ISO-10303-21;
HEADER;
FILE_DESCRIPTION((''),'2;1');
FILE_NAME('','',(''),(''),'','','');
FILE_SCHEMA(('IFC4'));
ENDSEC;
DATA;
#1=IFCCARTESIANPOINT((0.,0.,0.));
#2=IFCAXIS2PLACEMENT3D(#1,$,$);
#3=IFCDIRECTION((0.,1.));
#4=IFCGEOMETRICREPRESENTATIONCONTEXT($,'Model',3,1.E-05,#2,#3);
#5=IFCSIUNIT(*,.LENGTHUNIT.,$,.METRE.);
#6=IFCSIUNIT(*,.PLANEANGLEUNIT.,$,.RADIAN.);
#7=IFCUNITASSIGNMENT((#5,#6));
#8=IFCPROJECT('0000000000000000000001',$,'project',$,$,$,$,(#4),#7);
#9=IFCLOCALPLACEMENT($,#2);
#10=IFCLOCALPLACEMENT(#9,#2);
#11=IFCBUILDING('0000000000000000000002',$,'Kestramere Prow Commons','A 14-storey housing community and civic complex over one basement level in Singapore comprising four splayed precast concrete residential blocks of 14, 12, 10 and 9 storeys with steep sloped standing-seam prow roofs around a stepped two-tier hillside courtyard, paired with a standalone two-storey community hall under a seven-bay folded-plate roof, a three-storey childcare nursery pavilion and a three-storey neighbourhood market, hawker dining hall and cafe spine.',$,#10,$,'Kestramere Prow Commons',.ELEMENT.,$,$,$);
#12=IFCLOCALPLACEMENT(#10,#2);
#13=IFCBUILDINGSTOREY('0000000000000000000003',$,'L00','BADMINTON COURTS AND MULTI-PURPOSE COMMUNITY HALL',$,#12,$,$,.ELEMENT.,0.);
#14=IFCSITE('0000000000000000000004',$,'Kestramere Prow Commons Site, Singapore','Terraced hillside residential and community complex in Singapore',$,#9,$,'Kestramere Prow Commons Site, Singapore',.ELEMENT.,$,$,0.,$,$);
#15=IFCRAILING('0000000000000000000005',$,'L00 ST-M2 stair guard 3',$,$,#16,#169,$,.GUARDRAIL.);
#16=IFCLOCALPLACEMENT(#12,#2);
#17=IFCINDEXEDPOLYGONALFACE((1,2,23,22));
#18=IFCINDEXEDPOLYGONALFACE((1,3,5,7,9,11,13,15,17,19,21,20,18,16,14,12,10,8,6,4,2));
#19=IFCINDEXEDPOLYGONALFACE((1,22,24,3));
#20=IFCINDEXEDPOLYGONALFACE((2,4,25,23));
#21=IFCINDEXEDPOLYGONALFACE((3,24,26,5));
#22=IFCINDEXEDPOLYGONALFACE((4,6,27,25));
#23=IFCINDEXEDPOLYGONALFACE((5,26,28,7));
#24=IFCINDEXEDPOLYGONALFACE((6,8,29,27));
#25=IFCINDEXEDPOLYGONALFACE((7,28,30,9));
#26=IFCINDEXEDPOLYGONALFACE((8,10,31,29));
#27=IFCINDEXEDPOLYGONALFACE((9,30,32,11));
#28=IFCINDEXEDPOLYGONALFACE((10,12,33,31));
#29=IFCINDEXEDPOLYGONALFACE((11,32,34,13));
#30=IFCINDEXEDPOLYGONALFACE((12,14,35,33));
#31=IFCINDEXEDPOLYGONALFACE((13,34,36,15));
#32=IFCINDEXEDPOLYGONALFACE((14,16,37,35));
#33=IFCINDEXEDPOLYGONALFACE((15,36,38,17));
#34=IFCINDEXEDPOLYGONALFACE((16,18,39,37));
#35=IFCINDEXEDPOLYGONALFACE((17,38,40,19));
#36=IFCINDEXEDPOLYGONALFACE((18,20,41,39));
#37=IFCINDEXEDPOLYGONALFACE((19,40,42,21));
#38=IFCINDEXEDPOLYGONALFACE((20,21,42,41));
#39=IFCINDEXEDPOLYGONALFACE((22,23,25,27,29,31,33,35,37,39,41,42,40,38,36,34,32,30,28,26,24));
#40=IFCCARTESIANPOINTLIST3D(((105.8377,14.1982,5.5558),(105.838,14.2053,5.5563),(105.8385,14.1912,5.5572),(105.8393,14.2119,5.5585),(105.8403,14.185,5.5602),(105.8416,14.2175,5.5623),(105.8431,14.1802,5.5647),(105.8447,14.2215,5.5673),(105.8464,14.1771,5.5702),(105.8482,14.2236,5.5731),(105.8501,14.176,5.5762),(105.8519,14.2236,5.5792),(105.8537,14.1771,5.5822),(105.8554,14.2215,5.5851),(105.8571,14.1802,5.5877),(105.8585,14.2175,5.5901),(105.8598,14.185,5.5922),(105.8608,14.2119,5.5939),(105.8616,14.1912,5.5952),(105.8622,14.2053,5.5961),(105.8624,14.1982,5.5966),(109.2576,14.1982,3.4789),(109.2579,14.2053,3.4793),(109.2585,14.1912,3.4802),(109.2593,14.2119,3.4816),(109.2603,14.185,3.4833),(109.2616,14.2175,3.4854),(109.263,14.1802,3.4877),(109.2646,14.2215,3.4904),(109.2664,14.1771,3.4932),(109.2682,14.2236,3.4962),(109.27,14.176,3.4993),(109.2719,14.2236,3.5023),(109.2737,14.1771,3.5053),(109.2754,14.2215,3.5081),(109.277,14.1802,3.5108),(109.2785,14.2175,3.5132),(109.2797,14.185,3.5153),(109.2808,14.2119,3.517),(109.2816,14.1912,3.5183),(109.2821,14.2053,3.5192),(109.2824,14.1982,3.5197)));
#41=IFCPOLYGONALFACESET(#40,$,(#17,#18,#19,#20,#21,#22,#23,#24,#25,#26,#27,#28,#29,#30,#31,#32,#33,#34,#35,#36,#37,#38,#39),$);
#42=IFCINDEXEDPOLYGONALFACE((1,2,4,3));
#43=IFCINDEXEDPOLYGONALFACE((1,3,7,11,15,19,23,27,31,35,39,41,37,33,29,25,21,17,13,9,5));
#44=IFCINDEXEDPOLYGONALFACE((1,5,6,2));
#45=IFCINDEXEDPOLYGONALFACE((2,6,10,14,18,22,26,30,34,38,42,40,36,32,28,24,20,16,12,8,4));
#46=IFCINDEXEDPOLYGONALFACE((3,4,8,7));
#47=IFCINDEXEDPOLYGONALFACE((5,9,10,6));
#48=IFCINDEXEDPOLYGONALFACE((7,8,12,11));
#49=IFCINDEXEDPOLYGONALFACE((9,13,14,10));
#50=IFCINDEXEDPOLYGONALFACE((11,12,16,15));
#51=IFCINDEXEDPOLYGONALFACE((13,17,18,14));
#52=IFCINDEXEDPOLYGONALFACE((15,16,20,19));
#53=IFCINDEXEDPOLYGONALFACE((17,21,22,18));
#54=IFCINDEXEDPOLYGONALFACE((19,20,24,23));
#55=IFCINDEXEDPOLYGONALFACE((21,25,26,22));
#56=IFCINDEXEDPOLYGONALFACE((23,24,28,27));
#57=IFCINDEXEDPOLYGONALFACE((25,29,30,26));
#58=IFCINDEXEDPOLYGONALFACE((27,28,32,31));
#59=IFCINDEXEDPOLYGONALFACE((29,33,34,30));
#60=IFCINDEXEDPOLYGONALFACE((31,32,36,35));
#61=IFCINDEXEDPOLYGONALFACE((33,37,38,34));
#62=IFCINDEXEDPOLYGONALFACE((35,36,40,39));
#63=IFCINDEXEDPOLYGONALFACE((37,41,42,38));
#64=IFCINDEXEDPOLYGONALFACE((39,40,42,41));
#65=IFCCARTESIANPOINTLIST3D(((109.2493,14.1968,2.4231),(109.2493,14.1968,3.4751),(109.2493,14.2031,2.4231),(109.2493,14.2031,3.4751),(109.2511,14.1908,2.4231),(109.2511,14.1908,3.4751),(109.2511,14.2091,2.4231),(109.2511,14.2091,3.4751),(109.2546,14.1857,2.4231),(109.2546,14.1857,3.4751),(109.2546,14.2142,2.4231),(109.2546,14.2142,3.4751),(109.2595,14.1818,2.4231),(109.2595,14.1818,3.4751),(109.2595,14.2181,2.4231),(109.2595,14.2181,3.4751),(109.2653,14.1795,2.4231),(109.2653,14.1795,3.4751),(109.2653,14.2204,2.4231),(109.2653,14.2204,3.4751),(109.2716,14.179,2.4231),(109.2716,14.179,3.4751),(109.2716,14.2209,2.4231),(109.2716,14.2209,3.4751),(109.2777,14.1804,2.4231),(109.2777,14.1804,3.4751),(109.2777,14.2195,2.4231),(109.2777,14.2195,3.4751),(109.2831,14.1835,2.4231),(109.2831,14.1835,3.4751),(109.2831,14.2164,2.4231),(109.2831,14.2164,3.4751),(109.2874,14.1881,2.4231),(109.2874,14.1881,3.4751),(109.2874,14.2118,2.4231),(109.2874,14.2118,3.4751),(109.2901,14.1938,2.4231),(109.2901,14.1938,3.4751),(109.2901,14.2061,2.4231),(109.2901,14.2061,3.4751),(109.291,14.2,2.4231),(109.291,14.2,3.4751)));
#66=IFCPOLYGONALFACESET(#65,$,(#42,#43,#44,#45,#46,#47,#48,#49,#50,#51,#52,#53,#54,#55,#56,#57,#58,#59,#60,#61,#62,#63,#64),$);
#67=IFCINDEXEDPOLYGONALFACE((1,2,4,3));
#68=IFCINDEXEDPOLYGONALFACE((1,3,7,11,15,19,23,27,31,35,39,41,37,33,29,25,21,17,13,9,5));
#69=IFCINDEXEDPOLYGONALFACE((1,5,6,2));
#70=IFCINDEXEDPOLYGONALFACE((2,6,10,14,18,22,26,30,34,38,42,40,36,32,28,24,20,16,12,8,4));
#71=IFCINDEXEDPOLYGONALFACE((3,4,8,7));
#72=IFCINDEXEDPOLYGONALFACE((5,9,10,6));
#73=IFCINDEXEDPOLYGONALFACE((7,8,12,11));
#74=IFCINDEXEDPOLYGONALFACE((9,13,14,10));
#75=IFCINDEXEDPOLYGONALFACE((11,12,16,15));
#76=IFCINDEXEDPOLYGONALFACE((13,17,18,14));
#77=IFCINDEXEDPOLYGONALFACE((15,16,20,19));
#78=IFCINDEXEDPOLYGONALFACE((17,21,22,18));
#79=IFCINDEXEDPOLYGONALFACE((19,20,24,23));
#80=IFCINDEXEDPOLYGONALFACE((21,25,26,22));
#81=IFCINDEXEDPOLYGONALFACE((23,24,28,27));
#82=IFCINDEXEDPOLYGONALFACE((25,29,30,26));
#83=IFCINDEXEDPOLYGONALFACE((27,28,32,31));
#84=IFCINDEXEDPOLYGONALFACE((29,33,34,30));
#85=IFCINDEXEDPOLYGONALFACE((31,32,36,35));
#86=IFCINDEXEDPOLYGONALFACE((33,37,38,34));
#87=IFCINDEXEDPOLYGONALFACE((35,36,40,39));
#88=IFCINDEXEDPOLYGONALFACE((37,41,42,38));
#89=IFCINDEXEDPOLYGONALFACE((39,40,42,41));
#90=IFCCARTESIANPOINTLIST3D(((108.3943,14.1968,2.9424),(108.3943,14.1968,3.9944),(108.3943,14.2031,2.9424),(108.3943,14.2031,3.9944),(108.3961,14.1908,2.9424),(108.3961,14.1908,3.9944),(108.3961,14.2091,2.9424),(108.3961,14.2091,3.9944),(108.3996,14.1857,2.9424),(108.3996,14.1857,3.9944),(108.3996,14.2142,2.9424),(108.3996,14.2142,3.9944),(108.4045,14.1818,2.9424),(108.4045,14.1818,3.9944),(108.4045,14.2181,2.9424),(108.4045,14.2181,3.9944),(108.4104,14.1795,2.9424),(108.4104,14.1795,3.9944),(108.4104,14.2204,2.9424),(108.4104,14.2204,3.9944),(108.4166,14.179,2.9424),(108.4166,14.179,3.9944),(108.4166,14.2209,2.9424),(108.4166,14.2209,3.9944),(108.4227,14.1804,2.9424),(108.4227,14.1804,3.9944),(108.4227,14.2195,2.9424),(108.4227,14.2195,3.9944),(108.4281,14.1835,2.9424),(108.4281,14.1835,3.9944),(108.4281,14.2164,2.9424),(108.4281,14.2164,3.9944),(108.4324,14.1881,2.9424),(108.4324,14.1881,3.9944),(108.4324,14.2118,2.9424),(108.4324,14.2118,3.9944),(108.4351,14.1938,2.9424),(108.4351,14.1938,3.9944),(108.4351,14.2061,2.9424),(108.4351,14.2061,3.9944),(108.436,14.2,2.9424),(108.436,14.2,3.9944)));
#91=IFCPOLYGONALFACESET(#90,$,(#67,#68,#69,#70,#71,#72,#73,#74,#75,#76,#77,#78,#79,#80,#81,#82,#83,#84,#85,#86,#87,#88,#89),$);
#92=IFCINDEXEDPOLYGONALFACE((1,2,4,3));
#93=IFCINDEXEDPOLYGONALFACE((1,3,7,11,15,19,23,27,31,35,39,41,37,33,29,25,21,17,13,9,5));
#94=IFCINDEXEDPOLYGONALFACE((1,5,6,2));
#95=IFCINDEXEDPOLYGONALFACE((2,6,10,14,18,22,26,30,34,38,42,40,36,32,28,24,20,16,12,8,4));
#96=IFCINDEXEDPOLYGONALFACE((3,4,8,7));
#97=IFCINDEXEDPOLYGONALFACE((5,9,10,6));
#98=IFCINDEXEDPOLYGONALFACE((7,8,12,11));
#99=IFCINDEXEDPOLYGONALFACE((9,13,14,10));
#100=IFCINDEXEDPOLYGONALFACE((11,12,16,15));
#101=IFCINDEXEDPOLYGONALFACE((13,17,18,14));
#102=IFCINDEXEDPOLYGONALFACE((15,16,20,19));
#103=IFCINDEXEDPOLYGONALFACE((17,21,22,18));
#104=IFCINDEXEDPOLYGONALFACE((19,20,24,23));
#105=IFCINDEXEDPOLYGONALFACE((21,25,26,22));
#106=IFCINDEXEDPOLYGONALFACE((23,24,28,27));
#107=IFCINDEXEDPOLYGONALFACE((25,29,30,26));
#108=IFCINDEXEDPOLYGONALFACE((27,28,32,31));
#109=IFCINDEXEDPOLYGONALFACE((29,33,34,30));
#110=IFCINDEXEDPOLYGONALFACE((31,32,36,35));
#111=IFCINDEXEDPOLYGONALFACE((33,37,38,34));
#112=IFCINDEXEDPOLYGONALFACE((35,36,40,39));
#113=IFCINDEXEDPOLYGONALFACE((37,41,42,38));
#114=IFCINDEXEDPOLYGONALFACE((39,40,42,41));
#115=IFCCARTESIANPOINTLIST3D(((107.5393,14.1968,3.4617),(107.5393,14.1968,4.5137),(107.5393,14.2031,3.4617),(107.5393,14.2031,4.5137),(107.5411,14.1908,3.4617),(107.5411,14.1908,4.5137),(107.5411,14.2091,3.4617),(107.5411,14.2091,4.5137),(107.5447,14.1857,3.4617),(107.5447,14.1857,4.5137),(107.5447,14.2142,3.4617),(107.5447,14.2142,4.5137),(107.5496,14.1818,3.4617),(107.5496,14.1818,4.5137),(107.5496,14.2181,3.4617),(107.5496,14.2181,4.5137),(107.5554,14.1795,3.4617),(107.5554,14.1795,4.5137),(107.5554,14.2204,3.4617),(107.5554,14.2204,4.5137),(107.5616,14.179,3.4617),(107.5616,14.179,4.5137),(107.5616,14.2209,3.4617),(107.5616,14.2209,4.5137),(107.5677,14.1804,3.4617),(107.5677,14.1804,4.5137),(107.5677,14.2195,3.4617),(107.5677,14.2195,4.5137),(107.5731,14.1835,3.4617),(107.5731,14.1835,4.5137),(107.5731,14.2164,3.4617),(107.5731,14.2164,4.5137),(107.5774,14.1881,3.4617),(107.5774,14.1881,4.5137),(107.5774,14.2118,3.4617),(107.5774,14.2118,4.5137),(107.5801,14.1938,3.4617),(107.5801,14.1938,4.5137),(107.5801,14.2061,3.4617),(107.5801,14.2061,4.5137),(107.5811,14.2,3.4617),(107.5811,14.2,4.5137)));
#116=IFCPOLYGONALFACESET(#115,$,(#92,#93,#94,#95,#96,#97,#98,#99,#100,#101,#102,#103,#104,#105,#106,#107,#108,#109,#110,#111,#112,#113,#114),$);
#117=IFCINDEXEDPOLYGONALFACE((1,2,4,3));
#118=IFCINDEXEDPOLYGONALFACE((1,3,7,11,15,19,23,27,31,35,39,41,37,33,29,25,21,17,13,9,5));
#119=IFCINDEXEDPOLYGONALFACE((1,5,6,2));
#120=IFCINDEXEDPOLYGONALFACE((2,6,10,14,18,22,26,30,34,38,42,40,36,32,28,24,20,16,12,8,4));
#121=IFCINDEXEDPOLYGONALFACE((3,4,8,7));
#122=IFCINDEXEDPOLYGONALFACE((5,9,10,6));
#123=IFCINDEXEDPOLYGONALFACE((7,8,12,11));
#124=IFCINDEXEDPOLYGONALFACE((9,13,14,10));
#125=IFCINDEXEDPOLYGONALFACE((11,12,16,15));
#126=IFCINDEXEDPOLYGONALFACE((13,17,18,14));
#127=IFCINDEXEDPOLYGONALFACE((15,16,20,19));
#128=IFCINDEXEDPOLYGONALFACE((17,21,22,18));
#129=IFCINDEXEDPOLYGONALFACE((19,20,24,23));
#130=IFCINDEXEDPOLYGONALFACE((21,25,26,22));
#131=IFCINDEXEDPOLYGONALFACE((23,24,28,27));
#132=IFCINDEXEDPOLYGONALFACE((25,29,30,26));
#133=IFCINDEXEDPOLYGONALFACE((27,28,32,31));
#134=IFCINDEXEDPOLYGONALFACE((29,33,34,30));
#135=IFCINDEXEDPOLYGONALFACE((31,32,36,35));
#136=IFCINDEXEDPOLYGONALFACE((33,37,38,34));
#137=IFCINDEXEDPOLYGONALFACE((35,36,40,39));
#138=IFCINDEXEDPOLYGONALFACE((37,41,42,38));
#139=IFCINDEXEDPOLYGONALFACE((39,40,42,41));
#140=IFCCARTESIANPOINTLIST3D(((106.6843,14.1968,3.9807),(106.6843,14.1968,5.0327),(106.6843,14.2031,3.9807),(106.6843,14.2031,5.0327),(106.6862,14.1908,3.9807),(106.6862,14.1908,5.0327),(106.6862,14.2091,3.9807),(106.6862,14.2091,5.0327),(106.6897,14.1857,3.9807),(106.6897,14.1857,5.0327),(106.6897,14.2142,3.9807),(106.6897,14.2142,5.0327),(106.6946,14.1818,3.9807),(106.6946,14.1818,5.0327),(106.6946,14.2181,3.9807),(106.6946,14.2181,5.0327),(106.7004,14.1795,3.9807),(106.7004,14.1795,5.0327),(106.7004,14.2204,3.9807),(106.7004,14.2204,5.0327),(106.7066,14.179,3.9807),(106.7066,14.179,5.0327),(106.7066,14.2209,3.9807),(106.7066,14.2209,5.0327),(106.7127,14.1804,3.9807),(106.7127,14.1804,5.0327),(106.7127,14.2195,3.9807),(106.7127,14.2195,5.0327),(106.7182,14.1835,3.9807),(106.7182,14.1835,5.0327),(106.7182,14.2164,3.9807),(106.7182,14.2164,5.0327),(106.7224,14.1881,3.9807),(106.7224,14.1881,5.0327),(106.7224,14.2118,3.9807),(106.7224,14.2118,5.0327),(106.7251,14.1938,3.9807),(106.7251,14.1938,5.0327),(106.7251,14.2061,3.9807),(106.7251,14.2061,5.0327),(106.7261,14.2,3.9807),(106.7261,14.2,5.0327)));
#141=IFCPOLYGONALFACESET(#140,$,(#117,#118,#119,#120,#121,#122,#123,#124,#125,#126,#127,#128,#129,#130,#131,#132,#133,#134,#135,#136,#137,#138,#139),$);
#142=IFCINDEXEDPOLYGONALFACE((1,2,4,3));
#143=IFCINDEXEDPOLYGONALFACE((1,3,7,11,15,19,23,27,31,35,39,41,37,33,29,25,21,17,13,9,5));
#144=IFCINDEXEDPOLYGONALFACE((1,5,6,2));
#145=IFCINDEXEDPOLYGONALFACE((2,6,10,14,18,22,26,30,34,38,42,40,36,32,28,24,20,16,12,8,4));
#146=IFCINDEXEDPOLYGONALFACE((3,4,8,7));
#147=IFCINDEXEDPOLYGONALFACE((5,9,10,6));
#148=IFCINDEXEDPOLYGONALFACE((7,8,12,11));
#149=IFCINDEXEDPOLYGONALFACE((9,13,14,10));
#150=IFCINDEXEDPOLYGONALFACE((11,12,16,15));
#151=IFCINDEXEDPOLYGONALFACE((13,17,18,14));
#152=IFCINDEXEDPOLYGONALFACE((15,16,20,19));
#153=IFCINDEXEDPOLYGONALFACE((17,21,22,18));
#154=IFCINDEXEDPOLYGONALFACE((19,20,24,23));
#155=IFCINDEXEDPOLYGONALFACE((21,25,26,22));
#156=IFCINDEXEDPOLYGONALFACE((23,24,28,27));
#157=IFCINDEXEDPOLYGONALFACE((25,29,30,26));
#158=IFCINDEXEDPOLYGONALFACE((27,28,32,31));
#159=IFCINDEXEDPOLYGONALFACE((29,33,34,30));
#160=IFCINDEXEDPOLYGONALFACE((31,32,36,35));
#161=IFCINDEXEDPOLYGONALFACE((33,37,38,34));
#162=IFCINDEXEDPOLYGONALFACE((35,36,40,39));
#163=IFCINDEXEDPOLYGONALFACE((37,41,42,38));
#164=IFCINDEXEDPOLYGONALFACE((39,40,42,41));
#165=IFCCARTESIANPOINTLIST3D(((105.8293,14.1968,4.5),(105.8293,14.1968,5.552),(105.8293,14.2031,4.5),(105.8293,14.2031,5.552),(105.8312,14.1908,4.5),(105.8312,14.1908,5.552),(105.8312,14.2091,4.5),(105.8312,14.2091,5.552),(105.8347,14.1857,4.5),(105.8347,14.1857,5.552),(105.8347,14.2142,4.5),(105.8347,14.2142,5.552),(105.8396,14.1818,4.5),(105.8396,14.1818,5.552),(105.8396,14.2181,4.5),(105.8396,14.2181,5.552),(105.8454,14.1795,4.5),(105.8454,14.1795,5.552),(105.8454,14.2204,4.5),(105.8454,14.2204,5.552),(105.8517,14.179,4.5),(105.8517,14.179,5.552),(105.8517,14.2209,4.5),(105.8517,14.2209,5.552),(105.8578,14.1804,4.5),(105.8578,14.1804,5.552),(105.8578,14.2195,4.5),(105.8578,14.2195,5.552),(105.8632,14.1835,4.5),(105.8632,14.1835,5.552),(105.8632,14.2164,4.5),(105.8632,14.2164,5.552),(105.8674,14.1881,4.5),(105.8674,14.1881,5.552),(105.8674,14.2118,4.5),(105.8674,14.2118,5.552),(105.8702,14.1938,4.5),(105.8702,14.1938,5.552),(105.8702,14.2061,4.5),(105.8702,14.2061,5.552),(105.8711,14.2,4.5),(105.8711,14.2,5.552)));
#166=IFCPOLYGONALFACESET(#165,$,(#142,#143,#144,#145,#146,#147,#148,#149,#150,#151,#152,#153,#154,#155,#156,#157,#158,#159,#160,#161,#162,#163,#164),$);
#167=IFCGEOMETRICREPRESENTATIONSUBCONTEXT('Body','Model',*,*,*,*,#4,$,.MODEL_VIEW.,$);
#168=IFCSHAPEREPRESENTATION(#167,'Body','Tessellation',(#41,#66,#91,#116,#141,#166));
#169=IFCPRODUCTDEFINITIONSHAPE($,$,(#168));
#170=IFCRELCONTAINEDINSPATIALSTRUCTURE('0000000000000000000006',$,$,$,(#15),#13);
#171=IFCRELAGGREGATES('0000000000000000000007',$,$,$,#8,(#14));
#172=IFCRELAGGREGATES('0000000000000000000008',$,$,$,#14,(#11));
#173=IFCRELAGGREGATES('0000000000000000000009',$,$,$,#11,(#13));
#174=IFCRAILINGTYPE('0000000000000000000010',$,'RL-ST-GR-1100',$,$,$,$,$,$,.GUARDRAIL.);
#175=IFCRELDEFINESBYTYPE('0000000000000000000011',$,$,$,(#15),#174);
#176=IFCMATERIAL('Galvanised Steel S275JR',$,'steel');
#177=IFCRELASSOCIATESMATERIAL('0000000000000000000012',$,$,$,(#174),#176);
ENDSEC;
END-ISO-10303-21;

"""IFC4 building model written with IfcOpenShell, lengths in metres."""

from ifc_helpers import new_model, si_unit, direction, frame, origin, origin_2d, place, context, subcontext, project, spatial, circle, extrude, material, type_object, element, save


model = new_model("IFC4")

# Units and contexts
model_context = context("Model", 3, precision=1e-05, world=origin(), true_north=direction((0.0, 1.0)))
body_context = subcontext(model_context, "Body", "Model", "MODEL_VIEW")
ifc_project = project(units=[si_unit("LENGTHUNIT", "METRE"), si_unit("PLANEANGLEUNIT", "RADIAN")], contexts=[model_context])

# Site, building, storey
site_placement = place(None, origin())
site = spatial("IfcSite", under=ifc_project, at=site_placement, Name="Kestramere Prow Commons Site, Singapore", Description="Terraced hillside residential and community complex in Singapore", LongName="Kestramere Prow Commons Site, Singapore", CompositionType="ELEMENT", RefElevation=0.0)
building_placement = place(site_placement, origin())
building = spatial("IfcBuilding", under=site, at=building_placement, Name="Kestramere Prow Commons", Description="A 14-storey housing community and civic complex over one basement level in Singapore comprising four splayed precast concrete residential blocks of 14, 12, 10 and 9 storeys with steep sloped standing-seam prow roofs around a stepped two-tier hillside courtyard, paired with a standalone two-storey community hall under a seven-bay folded-plate roof, a three-storey childcare nursery pavilion and a three-storey neighbourhood market, hawker dining hall and cafe spine.", LongName="Kestramere Prow Commons", CompositionType="ELEMENT")
storey_placement = place(building_placement, origin())
storey = spatial("IfcBuildingStorey", under=building, at=storey_placement, Name="L00", Description="BADMINTON COURTS AND MULTI-PURPOSE COMMUNITY HALL", CompositionType="ELEMENT", Elevation=0.0)

# Railing
ifc_material_1 = material(Name="Galvanised Steel S275JR", Category="steel")
railing_type_1 = type_object("IfcRailingType", Name="RL-ST-GR-1100", PredefinedType="GUARDRAIL", material=ifc_material_1)
railing_1_placement = place(storey_placement, frame((109.27, 14.2, 2.4231)))
element("IfcRailing", 1, at=railing_1_placement, inside=storey, type_object=railing_type_1, Name="L00 ST-M2 stair guard 3", PredefinedType="GUARDRAIL", context=body_context, shape_type="SweptSolid", body=[
    extrude(circle(Radius=0.0239, at=origin_2d()), frame((0.0, 0.0, 1.0762), z_axis=(-0.85473, 0.0, 0.519074), x_axis=(0.0, -1.0, 0.0)), (0.0, 0.0, 1.0), 4.0012),
    extrude(circle(Radius=0.021, at=origin_2d()), origin(), (0.0, 0.0, 1.0), 1.052),
    extrude(circle(Radius=0.021, at=origin_2d()), frame((-0.855, 0.0, 0.5193)), (0.0, 0.0, 1.0), 1.052),
    extrude(circle(Radius=0.021, at=origin_2d()), frame((-1.71, 0.0, 1.0386)), (0.0, 0.0, 1.0), 1.052),
    extrude(circle(Radius=0.021, at=origin_2d()), frame((-2.5649, 0.0, 1.5576)), (0.0, 0.0, 1.0), 1.052),
    extrude(circle(Radius=0.021, at=origin_2d()), frame((-3.4199, 0.0, 2.0769)), (0.0, 0.0, 1.0), 1.052),
])

save(model, "model.ifc")
